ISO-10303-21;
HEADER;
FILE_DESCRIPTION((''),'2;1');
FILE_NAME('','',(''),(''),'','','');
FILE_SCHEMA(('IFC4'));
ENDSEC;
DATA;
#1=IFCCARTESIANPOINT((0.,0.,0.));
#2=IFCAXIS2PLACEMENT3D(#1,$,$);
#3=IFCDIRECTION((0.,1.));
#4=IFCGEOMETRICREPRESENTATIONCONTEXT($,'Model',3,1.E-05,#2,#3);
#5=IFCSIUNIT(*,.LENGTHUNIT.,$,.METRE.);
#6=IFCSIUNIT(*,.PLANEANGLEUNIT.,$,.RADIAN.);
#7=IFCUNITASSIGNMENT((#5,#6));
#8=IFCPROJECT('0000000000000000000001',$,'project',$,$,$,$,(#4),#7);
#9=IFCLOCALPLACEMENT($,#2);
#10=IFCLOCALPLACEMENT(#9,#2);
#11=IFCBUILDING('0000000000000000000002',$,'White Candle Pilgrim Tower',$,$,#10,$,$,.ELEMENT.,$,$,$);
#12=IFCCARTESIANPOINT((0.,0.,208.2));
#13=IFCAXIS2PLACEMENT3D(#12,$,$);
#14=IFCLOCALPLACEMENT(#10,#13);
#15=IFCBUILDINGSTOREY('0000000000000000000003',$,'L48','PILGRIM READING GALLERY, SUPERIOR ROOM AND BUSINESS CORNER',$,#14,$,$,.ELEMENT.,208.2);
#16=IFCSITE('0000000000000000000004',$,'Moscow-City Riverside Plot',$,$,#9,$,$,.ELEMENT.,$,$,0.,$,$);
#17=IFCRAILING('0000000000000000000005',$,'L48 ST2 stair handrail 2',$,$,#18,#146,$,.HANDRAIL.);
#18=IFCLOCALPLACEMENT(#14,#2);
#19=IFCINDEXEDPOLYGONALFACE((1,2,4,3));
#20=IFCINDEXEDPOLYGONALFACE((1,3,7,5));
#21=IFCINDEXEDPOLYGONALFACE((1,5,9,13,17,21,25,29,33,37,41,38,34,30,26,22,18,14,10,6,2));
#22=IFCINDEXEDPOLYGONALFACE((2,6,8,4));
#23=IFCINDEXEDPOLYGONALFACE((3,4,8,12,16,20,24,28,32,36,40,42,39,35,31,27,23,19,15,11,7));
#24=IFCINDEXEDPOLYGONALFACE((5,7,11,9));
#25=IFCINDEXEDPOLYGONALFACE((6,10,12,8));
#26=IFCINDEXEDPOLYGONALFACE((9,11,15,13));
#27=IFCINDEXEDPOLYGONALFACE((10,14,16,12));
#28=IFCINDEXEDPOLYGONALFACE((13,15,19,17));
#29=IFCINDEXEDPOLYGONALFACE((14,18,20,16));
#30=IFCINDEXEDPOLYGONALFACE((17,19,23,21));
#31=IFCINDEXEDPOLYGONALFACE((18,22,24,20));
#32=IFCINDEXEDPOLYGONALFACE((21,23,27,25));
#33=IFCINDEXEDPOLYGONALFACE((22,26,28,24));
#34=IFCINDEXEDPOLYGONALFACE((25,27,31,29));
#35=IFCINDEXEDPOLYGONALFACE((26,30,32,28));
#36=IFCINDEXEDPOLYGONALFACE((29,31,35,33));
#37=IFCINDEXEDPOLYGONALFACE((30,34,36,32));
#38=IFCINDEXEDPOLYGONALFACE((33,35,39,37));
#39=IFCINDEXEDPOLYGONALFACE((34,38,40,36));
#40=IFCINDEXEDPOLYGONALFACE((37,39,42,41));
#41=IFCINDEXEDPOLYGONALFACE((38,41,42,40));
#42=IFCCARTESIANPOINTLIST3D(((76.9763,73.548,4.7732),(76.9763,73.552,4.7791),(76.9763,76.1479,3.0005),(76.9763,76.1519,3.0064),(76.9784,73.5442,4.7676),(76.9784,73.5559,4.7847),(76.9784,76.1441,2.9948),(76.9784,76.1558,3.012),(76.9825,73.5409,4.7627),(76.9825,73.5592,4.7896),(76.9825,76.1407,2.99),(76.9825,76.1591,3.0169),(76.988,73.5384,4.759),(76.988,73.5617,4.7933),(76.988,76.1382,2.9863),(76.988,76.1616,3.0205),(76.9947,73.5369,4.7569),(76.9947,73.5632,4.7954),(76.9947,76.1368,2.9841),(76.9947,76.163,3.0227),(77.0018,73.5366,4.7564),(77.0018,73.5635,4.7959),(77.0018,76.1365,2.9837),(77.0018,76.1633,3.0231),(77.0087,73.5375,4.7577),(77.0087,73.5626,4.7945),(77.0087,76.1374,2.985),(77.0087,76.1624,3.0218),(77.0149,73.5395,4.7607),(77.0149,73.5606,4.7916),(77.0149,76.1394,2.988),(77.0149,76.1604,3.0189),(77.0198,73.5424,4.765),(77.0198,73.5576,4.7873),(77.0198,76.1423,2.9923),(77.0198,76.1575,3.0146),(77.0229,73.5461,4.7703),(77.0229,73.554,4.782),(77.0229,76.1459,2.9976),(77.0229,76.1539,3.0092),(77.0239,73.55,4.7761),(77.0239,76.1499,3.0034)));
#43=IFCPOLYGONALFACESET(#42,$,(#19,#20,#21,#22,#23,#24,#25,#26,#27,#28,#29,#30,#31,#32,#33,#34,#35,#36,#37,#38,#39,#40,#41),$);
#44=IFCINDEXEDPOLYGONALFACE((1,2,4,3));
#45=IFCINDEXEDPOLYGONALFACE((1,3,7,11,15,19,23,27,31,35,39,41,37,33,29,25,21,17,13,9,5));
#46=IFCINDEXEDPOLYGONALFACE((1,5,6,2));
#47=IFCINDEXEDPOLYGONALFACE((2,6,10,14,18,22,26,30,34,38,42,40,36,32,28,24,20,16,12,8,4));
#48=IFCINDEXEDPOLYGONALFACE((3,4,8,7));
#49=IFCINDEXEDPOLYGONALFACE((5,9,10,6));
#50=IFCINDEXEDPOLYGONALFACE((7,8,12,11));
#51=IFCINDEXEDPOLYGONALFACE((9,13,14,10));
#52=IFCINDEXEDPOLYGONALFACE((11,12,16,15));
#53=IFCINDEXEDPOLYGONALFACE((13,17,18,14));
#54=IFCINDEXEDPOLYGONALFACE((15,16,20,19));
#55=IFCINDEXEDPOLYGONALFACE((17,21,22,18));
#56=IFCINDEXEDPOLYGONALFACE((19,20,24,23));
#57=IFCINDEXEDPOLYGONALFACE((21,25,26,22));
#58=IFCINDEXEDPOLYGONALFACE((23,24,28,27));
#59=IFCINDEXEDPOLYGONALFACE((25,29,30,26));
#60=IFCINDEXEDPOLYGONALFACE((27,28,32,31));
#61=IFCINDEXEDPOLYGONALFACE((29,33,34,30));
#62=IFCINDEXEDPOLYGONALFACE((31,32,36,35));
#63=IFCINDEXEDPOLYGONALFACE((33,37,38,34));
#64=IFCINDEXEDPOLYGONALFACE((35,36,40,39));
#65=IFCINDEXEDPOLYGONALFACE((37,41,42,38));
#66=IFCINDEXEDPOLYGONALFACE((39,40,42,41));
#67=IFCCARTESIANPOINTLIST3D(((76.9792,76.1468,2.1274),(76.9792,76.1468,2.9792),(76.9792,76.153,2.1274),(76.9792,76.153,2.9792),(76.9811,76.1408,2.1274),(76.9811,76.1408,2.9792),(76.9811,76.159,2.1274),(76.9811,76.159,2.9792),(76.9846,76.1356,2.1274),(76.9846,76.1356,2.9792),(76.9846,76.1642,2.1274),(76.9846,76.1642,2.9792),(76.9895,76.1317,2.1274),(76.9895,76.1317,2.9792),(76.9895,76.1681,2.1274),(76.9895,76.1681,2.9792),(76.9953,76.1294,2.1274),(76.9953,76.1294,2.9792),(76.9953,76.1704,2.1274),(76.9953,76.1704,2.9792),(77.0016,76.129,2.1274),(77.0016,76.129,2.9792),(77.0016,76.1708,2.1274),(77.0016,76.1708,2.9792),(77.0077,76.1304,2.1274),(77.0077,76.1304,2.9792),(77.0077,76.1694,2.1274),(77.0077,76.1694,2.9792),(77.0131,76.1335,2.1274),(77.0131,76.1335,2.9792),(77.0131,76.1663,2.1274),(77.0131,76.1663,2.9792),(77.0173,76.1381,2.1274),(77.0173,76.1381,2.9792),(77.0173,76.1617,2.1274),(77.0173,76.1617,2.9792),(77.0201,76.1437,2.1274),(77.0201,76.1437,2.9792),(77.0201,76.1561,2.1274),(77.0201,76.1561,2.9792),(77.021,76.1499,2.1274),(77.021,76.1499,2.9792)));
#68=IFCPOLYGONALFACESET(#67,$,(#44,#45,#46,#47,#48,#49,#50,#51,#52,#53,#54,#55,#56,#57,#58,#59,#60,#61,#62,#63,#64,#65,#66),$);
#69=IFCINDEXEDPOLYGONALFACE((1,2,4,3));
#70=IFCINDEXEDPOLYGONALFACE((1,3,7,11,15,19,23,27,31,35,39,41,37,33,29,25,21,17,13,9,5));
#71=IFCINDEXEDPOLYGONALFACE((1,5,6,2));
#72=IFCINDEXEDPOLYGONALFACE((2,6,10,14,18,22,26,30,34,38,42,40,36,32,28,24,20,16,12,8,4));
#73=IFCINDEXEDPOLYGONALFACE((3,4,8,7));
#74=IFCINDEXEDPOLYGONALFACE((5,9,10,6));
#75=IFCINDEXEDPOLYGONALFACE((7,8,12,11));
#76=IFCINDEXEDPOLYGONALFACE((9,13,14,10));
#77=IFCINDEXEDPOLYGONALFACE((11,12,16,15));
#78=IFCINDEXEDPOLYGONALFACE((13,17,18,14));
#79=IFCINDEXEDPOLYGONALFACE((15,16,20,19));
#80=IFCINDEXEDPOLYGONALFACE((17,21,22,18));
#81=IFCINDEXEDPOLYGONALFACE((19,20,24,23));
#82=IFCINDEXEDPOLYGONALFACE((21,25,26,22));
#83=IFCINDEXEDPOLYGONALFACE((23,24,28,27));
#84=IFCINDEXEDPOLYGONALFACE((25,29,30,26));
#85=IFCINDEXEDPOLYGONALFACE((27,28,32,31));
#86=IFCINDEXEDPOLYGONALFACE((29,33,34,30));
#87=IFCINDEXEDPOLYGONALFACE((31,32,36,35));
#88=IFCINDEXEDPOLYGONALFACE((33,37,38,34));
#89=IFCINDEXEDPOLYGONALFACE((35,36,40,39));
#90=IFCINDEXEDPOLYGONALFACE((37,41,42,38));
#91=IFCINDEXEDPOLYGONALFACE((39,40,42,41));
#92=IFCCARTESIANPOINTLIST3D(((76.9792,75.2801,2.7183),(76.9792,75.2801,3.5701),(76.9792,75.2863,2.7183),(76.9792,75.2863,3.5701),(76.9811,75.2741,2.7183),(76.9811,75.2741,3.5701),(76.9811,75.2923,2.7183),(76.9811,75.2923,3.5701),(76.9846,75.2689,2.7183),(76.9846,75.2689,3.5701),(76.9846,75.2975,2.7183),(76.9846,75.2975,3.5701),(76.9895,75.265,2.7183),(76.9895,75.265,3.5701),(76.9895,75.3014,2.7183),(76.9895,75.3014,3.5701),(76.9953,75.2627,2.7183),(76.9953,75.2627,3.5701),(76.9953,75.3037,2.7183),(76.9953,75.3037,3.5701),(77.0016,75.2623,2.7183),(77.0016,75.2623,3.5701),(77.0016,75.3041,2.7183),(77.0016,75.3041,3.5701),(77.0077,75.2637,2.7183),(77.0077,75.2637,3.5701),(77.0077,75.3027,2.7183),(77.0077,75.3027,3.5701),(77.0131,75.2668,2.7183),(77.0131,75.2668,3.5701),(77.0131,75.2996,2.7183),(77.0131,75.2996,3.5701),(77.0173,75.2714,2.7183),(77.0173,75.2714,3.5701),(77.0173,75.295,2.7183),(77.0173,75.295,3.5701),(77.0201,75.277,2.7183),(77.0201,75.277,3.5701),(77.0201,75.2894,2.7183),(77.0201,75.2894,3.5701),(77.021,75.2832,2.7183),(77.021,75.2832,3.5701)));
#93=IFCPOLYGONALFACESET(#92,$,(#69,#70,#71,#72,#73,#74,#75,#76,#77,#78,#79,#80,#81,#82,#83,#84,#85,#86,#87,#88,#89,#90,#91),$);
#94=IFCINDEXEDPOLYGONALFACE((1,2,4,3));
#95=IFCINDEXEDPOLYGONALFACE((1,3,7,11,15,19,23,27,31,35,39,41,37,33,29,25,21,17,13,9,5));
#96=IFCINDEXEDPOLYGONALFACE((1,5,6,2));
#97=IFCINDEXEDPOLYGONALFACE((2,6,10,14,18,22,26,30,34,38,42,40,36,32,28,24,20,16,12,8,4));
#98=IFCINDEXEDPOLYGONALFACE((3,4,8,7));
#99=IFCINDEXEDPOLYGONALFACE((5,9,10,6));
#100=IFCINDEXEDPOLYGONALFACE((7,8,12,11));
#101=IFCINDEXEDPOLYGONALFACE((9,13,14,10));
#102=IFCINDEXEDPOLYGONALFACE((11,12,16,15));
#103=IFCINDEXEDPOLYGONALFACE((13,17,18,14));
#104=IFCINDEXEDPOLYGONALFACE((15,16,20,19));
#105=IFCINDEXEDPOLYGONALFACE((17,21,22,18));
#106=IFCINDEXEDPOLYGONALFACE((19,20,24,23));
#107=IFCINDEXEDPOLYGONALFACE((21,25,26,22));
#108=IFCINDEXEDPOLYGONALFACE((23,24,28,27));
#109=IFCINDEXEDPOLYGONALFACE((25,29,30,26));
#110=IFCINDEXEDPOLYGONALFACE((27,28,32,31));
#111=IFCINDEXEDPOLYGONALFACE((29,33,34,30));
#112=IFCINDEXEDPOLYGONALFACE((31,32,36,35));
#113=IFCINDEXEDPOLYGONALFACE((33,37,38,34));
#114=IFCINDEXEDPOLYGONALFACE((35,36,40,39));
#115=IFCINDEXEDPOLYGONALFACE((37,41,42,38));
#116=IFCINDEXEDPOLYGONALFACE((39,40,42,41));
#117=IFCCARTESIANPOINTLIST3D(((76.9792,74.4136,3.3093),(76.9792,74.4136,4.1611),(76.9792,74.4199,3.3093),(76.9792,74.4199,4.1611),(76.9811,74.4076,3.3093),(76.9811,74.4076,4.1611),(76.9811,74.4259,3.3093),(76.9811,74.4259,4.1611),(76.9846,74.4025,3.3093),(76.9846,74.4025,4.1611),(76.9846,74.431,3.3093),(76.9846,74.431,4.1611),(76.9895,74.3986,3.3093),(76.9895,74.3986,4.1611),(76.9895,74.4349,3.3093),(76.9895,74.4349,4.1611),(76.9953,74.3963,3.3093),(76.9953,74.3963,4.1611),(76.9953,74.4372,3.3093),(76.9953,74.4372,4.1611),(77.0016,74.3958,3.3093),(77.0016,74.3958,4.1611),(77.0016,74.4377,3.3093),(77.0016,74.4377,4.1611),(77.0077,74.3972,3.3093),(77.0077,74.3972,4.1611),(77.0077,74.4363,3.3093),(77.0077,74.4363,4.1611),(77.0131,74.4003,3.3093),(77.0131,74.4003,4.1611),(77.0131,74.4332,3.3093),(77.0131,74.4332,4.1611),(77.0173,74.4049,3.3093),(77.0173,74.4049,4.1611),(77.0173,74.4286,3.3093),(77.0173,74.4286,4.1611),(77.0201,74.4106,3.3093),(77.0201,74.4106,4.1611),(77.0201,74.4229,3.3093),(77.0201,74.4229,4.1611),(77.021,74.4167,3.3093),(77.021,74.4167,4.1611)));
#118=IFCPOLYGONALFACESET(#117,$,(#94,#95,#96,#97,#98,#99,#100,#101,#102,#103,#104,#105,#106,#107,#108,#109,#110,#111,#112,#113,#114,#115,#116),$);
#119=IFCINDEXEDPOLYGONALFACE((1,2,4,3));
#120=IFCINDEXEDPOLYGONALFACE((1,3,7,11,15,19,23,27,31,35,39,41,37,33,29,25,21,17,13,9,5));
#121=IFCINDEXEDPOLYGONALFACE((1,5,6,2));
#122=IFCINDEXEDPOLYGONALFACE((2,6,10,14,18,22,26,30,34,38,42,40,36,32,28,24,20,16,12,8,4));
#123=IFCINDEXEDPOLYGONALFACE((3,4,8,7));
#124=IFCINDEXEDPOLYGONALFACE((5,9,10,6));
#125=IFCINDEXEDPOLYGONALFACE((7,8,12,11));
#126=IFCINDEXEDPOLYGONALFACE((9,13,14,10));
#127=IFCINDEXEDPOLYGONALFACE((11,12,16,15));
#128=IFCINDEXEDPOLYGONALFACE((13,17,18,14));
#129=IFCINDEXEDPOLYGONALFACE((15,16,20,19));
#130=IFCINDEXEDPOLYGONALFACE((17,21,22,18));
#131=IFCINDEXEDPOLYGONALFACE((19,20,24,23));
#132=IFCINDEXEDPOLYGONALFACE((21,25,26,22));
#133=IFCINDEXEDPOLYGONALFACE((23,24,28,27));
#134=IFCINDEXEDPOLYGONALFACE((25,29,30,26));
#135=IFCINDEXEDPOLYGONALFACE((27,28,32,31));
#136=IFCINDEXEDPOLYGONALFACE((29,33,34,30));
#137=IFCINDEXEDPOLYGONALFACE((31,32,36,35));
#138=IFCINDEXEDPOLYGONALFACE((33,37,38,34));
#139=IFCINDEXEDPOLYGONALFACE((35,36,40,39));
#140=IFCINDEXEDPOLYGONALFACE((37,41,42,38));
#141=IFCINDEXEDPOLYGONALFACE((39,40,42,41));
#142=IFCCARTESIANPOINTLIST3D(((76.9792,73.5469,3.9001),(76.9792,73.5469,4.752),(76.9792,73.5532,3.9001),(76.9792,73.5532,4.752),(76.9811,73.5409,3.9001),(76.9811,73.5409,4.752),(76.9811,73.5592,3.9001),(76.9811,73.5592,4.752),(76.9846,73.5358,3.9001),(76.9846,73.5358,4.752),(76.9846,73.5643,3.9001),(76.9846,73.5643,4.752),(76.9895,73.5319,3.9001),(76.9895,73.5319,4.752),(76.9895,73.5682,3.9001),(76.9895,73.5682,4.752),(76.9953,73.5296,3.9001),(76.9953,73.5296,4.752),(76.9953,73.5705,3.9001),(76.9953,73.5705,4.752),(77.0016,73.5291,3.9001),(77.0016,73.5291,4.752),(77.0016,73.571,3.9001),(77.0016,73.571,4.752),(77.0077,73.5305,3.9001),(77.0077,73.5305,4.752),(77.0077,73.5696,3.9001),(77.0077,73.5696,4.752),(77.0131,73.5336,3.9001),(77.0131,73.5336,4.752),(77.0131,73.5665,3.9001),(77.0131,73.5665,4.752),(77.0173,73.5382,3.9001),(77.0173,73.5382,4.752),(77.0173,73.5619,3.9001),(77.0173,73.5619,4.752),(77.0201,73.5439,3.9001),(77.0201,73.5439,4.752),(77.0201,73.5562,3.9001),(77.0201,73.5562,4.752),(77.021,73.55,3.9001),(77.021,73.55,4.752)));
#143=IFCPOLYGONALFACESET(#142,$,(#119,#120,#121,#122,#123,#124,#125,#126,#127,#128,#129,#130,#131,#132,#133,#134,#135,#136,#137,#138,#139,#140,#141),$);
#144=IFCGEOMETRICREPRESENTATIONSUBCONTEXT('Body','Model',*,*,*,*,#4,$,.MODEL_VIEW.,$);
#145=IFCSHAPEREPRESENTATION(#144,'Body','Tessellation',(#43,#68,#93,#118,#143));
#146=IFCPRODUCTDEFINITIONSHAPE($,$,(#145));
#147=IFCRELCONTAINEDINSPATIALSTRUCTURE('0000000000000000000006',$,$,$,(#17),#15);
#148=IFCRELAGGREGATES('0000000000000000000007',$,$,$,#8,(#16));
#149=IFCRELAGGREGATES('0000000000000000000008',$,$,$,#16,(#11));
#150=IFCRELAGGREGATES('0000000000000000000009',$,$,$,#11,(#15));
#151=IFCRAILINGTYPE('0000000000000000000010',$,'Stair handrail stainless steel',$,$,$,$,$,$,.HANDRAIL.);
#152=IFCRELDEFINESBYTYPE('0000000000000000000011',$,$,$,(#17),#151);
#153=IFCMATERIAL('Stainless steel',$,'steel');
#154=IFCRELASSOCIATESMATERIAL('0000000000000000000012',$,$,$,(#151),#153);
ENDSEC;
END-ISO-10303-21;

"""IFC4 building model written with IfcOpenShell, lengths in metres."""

from ifc_helpers import new_model, si_unit, direction, frame, origin, origin_2d, place, context, subcontext, project, spatial, circle, extrude, material, type_object, element, save


model = new_model("IFC4")

# Units and contexts
model_context = context("Model", 3, precision=1e-05, world=origin(), true_north=direction((0.0, 1.0)))
body_context = subcontext(model_context, "Body", "Model", "MODEL_VIEW")
ifc_project = project(units=[si_unit("LENGTHUNIT", "METRE"), si_unit("PLANEANGLEUNIT", "RADIAN")], contexts=[model_context])

# Site, building, storey
site_placement = place(None, origin())
site = spatial("IfcSite", under=ifc_project, at=site_placement, Name="Moscow-City Riverside Plot", CompositionType="ELEMENT", RefElevation=0.0)
building_placement = place(site_placement, origin())
building = spatial("IfcBuilding", under=site, at=building_placement, Name="White Candle Pilgrim Tower", CompositionType="ELEMENT")
storey_placement = place(building_placement, frame((0.0, 0.0, 208.2)))
storey = spatial("IfcBuildingStorey", under=building, at=storey_placement, Name="L48", Description="PILGRIM READING GALLERY, SUPERIOR ROOM AND BUSINESS CORNER", CompositionType="ELEMENT", Elevation=208.2)

# Railing
ifc_material_1 = material(Name="Stainless steel", Category="steel")
railing_type_1 = type_object("IfcRailingType", Name="Stair handrail stainless steel", PredefinedType="HANDRAIL", material=ifc_material_1)
railing_1_placement = place(storey_placement, frame((77.0, 76.1499, 2.1274)))
element("IfcRailing", 1, at=railing_1_placement, inside=storey, type_object=railing_type_1, Name="L48 ST2 stair handrail 2", PredefinedType="HANDRAIL", context=body_context, shape_type="SweptSolid", body=[
    extrude(circle(Radius=0.0239, at=origin_2d()), frame((0.0, 0.0, 0.876), z_axis=(0.0, -0.826216, 0.563354), x_axis=(1.0, 0.0, 0.0)), (0.0, 0.0, 1.0), 3.1467),
    extrude(circle(Radius=0.021, at=origin_2d()), origin(), (0.0, 0.0, 1.0), 0.8518),
    extrude(circle(Radius=0.021, at=origin_2d()), frame((0.0, -0.8667, 0.5908)), (0.0, 0.0, 1.0), 0.8518),
    extrude(circle(Radius=0.021, at=origin_2d()), frame((0.0, -1.7332, 1.1819)), (0.0, 0.0, 1.0), 0.8518),
    extrude(circle(Radius=0.021, at=origin_2d()), frame((0.0, -2.5999, 1.7727)), (0.0, 0.0, 1.0), 0.8518),
])

save(model, "model.ifc")
